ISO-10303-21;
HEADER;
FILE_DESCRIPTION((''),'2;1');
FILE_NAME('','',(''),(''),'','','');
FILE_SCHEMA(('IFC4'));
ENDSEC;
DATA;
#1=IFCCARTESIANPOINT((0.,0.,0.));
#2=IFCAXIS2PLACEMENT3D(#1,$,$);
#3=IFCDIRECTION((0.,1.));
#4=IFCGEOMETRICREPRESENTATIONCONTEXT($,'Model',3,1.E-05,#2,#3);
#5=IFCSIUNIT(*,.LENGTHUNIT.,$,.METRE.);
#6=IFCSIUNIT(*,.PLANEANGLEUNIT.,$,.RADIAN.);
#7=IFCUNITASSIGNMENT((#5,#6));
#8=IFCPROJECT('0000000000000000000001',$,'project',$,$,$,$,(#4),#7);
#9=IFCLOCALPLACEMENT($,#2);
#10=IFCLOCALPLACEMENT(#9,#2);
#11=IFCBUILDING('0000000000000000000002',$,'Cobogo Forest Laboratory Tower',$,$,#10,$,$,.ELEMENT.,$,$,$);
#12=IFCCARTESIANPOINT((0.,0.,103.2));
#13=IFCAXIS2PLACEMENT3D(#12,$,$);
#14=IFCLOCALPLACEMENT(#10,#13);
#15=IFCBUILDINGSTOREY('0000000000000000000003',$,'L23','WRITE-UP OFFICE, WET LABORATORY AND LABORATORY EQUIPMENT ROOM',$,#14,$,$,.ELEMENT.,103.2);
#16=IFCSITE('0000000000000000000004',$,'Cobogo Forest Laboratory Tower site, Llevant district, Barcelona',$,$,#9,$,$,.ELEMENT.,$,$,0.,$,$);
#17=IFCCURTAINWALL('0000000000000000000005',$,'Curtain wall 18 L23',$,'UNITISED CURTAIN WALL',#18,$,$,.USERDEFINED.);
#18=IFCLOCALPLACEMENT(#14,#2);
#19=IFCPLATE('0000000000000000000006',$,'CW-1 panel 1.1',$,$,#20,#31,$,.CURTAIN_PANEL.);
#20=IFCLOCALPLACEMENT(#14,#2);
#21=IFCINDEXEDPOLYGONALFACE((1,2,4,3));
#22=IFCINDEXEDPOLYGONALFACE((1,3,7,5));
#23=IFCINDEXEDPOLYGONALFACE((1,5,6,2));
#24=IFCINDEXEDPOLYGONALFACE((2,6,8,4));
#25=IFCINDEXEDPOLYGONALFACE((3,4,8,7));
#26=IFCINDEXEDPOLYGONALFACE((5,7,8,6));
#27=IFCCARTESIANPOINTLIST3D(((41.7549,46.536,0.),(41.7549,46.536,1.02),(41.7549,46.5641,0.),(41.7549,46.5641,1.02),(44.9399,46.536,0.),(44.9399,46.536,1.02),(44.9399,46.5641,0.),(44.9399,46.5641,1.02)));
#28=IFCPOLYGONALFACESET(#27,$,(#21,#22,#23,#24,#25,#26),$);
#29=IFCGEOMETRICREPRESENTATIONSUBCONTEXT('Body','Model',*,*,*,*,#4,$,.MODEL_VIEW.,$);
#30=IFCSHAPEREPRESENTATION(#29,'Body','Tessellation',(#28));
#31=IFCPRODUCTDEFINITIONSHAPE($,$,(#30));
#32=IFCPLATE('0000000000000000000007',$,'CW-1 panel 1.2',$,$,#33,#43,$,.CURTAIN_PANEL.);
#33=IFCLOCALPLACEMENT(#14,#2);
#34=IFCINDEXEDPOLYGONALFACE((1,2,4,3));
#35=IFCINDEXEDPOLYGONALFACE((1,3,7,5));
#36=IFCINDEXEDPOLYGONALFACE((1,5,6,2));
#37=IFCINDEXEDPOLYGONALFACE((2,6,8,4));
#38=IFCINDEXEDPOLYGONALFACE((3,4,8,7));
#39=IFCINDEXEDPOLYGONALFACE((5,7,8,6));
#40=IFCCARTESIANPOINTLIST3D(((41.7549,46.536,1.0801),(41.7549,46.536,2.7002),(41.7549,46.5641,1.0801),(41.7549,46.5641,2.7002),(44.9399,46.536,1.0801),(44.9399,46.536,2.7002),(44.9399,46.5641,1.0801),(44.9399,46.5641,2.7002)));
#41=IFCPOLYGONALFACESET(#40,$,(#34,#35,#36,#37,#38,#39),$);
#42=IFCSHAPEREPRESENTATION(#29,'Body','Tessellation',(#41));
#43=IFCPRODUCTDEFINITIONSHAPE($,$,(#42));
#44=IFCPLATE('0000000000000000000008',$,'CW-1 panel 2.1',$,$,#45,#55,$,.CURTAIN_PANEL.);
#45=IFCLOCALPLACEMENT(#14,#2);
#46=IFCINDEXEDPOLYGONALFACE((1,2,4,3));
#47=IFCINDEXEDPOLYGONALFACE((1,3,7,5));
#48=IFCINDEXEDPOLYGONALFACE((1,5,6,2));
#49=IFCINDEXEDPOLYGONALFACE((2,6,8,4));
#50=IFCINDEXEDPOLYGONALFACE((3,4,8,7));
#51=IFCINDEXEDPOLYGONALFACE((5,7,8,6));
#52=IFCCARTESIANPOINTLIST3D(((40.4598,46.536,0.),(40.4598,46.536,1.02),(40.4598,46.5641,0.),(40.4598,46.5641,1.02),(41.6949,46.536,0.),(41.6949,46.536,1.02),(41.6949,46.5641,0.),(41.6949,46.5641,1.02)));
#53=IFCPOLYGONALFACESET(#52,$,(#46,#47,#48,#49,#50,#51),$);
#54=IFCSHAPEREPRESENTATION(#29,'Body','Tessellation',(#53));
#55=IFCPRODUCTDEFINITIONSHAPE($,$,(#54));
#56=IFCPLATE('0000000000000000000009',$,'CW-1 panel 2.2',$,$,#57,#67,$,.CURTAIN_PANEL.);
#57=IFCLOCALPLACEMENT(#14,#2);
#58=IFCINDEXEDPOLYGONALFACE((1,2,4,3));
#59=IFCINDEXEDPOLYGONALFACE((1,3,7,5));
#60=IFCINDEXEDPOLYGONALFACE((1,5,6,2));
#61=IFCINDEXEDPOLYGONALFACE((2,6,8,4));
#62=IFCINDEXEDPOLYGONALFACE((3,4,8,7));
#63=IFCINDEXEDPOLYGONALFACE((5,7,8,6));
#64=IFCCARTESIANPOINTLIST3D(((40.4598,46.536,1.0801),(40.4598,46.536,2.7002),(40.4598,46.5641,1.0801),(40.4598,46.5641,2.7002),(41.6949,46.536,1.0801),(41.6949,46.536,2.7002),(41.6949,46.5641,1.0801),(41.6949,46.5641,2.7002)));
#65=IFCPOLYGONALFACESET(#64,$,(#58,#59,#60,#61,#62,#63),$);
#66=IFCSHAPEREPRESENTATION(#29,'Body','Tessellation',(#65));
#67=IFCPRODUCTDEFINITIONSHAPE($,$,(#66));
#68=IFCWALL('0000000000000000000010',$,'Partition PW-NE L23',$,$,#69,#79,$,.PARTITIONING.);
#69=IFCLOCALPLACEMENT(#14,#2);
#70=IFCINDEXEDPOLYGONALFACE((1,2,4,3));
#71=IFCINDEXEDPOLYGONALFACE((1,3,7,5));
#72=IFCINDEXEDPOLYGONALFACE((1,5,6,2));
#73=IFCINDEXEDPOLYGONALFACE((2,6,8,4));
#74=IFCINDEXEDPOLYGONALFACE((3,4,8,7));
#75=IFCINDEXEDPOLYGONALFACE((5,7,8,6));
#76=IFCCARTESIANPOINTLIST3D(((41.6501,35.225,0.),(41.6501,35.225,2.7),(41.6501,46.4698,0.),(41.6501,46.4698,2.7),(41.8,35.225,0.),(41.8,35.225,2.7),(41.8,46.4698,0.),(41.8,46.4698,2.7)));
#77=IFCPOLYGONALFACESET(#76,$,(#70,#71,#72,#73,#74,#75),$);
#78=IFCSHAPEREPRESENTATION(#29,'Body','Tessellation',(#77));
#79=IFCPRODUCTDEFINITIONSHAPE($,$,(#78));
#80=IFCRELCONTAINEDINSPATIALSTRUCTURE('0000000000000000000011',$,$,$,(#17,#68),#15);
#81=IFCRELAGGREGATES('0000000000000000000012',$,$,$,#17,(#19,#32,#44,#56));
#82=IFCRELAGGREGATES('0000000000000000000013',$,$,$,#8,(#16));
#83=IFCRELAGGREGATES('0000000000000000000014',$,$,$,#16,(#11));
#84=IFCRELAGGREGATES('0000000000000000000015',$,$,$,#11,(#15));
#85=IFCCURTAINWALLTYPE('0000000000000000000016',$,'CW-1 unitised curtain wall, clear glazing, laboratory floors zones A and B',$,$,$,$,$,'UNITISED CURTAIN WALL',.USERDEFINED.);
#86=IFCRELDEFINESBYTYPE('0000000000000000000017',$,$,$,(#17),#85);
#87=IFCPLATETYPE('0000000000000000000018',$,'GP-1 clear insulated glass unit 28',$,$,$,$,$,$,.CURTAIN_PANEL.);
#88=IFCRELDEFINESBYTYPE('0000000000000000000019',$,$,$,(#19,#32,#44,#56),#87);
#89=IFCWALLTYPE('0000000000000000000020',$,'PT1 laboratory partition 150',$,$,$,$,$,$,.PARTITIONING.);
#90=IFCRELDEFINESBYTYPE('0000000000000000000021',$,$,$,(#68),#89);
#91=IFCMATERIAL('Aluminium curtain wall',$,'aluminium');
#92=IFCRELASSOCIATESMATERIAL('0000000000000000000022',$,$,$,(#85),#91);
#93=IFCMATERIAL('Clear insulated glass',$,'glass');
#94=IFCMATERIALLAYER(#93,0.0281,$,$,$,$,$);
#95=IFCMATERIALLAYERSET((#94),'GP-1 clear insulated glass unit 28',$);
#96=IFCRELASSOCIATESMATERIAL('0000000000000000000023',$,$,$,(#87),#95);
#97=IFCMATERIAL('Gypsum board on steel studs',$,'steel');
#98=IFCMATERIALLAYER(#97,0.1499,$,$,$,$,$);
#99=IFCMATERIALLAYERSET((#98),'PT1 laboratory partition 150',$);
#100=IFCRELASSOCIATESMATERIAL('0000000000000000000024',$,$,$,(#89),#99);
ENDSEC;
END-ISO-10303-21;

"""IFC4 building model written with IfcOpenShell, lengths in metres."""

from ifc_helpers import new_model, si_unit, direction, frame, frame_2d, origin, origin_2d, place, context, subcontext, project, spatial, rectangle, extrude, material, layer, layer_set, type_object, element, aggregate, save


model = new_model("IFC4")

# Units and contexts
model_context = context("Model", 3, precision=1e-05, world=origin(), true_north=direction((0.0, 1.0)))
body_context = subcontext(model_context, "Body", "Model", "MODEL_VIEW")
ifc_project = project(units=[si_unit("LENGTHUNIT", "METRE"), si_unit("PLANEANGLEUNIT", "RADIAN")], contexts=[model_context])

# Site, building, storey
site_placement = place(None, origin())
site = spatial("IfcSite", under=ifc_project, at=site_placement, Name="Cobogo Forest Laboratory Tower site, Llevant district, Barcelona", CompositionType="ELEMENT", RefElevation=0.0)
building_placement = place(site_placement, origin())
building = spatial("IfcBuilding", under=site, at=building_placement, Name="Cobogo Forest Laboratory Tower", CompositionType="ELEMENT")
storey_placement = place(building_placement, frame((0.0, 0.0, 103.2)))
storey = spatial("IfcBuildingStorey", under=building, at=storey_placement, Name="L23", Description="WRITE-UP OFFICE, WET LABORATORY AND LABORATORY EQUIPMENT ROOM", CompositionType="ELEMENT", Elevation=103.2)

# Curtain wall
ifc_material_1 = material(Name="Aluminium curtain wall", Category="aluminium")
curtain_wall_type = type_object("IfcCurtainWallType", Name="CW-1 unitised curtain wall, clear glazing, laboratory floors zones A and B", ElementType="UNITISED CURTAIN WALL", PredefinedType="USERDEFINED", material=ifc_material_1)
curtain_wall_1_placement = place(storey_placement, origin())
curtain_wall_1 = element("IfcCurtainWall", 1, at=curtain_wall_1_placement, inside=storey, type_object=curtain_wall_type, Name="Curtain wall 18 L23", ObjectType="UNITISED CURTAIN WALL", PredefinedType="USERDEFINED")

# Plates
ifc_material_2 = material(Name="Clear insulated glass", Category="glass")
ifc_layer_1 = layer(ifc_material_2, 0.0281)
ifc_layer_set_1 = layer_set([ifc_layer_1], Name="GP-1 clear insulated glass unit 28")
plate_type = type_object("IfcPlateType", Name="GP-1 clear insulated glass unit 28", PredefinedType="CURTAIN_PANEL", material=ifc_layer_set_1)
plate_1_placement = place(storey_placement, frame((43.3474, 46.55, 0.0), z_axis=(0.0, 0.0, 1.0), x_axis=(-1.0, 0.0, 0.0)))
plate_1 = element("IfcPlate", 2, at=plate_1_placement, type_object=plate_type, Name="CW-1 panel 1.1", PredefinedType="CURTAIN_PANEL", context=body_context, shape_type="SweptSolid", body=[
    extrude(rectangle(XDim=3.1851, YDim=0.0281, at=origin_2d()), origin(), (0.0, 0.0, 1.0), 1.02),
])
plate_2_placement = place(storey_placement, frame((43.3474, 46.55, 1.0801), z_axis=(0.0, 0.0, 1.0), x_axis=(-1.0, 0.0, 0.0)))
plate_2 = element("IfcPlate", 3, at=plate_2_placement, type_object=plate_type, Name="CW-1 panel 1.2", PredefinedType="CURTAIN_PANEL", context=body_context, shape_type="SweptSolid", body=[
    extrude(rectangle(XDim=3.1851, YDim=0.0281, at=origin_2d()), origin(), (0.0, 0.0, 1.0), 1.6201),
])
plate_3_placement = place(storey_placement, frame((41.0774, 46.55, 0.0), z_axis=(0.0, 0.0, 1.0), x_axis=(-1.0, 0.0, 0.0)))
plate_3 = element("IfcPlate", 4, at=plate_3_placement, type_object=plate_type, Name="CW-1 panel 2.1", PredefinedType="CURTAIN_PANEL", context=body_context, shape_type="SweptSolid", body=[
    extrude(rectangle(XDim=1.2351, YDim=0.0281, at=origin_2d()), origin(), (0.0, 0.0, 1.0), 1.02),
])
plate_4_placement = place(storey_placement, frame((41.0774, 46.55, 1.0801), z_axis=(0.0, 0.0, 1.0), x_axis=(-1.0, 0.0, 0.0)))
plate_4 = element("IfcPlate", 5, at=plate_4_placement, type_object=plate_type, Name="CW-1 panel 2.2", PredefinedType="CURTAIN_PANEL", context=body_context, shape_type="SweptSolid", body=[
    extrude(rectangle(XDim=1.2351, YDim=0.0281, at=origin_2d()), origin(), (0.0, 0.0, 1.0), 1.6201),
])
aggregate(curtain_wall_1, [plate_1, plate_2, plate_3, plate_4])

# Wall
ifc_material_3 = material(Name="Gypsum board on steel studs", Category="steel")
ifc_layer_2 = layer(ifc_material_3, 0.1499)
ifc_layer_set_2 = layer_set([ifc_layer_2], Name="PT1 laboratory partition 150")
wall_type = type_object("IfcWallType", Name="PT1 laboratory partition 150", PredefinedType="PARTITIONING", material=ifc_layer_set_2)
wall_placement = place(storey_placement, frame((41.7251, 46.47, 0.0), z_axis=(0.0, 0.0, 1.0), x_axis=(0.0, -1.0, 0.0)))
element("IfcWall", 6, at=wall_placement, inside=storey, type_object=wall_type, Name="Partition PW-NE L23", PredefinedType="PARTITIONING", context=body_context, shape_type="SweptSolid", body=[
    extrude(rectangle(XDim=11.2449, YDim=0.1499, at=frame_2d((5.6226, 0.0))), origin(), (0.0, 0.0, 1.0), 2.7),
])

save(model, "model.ifc")
